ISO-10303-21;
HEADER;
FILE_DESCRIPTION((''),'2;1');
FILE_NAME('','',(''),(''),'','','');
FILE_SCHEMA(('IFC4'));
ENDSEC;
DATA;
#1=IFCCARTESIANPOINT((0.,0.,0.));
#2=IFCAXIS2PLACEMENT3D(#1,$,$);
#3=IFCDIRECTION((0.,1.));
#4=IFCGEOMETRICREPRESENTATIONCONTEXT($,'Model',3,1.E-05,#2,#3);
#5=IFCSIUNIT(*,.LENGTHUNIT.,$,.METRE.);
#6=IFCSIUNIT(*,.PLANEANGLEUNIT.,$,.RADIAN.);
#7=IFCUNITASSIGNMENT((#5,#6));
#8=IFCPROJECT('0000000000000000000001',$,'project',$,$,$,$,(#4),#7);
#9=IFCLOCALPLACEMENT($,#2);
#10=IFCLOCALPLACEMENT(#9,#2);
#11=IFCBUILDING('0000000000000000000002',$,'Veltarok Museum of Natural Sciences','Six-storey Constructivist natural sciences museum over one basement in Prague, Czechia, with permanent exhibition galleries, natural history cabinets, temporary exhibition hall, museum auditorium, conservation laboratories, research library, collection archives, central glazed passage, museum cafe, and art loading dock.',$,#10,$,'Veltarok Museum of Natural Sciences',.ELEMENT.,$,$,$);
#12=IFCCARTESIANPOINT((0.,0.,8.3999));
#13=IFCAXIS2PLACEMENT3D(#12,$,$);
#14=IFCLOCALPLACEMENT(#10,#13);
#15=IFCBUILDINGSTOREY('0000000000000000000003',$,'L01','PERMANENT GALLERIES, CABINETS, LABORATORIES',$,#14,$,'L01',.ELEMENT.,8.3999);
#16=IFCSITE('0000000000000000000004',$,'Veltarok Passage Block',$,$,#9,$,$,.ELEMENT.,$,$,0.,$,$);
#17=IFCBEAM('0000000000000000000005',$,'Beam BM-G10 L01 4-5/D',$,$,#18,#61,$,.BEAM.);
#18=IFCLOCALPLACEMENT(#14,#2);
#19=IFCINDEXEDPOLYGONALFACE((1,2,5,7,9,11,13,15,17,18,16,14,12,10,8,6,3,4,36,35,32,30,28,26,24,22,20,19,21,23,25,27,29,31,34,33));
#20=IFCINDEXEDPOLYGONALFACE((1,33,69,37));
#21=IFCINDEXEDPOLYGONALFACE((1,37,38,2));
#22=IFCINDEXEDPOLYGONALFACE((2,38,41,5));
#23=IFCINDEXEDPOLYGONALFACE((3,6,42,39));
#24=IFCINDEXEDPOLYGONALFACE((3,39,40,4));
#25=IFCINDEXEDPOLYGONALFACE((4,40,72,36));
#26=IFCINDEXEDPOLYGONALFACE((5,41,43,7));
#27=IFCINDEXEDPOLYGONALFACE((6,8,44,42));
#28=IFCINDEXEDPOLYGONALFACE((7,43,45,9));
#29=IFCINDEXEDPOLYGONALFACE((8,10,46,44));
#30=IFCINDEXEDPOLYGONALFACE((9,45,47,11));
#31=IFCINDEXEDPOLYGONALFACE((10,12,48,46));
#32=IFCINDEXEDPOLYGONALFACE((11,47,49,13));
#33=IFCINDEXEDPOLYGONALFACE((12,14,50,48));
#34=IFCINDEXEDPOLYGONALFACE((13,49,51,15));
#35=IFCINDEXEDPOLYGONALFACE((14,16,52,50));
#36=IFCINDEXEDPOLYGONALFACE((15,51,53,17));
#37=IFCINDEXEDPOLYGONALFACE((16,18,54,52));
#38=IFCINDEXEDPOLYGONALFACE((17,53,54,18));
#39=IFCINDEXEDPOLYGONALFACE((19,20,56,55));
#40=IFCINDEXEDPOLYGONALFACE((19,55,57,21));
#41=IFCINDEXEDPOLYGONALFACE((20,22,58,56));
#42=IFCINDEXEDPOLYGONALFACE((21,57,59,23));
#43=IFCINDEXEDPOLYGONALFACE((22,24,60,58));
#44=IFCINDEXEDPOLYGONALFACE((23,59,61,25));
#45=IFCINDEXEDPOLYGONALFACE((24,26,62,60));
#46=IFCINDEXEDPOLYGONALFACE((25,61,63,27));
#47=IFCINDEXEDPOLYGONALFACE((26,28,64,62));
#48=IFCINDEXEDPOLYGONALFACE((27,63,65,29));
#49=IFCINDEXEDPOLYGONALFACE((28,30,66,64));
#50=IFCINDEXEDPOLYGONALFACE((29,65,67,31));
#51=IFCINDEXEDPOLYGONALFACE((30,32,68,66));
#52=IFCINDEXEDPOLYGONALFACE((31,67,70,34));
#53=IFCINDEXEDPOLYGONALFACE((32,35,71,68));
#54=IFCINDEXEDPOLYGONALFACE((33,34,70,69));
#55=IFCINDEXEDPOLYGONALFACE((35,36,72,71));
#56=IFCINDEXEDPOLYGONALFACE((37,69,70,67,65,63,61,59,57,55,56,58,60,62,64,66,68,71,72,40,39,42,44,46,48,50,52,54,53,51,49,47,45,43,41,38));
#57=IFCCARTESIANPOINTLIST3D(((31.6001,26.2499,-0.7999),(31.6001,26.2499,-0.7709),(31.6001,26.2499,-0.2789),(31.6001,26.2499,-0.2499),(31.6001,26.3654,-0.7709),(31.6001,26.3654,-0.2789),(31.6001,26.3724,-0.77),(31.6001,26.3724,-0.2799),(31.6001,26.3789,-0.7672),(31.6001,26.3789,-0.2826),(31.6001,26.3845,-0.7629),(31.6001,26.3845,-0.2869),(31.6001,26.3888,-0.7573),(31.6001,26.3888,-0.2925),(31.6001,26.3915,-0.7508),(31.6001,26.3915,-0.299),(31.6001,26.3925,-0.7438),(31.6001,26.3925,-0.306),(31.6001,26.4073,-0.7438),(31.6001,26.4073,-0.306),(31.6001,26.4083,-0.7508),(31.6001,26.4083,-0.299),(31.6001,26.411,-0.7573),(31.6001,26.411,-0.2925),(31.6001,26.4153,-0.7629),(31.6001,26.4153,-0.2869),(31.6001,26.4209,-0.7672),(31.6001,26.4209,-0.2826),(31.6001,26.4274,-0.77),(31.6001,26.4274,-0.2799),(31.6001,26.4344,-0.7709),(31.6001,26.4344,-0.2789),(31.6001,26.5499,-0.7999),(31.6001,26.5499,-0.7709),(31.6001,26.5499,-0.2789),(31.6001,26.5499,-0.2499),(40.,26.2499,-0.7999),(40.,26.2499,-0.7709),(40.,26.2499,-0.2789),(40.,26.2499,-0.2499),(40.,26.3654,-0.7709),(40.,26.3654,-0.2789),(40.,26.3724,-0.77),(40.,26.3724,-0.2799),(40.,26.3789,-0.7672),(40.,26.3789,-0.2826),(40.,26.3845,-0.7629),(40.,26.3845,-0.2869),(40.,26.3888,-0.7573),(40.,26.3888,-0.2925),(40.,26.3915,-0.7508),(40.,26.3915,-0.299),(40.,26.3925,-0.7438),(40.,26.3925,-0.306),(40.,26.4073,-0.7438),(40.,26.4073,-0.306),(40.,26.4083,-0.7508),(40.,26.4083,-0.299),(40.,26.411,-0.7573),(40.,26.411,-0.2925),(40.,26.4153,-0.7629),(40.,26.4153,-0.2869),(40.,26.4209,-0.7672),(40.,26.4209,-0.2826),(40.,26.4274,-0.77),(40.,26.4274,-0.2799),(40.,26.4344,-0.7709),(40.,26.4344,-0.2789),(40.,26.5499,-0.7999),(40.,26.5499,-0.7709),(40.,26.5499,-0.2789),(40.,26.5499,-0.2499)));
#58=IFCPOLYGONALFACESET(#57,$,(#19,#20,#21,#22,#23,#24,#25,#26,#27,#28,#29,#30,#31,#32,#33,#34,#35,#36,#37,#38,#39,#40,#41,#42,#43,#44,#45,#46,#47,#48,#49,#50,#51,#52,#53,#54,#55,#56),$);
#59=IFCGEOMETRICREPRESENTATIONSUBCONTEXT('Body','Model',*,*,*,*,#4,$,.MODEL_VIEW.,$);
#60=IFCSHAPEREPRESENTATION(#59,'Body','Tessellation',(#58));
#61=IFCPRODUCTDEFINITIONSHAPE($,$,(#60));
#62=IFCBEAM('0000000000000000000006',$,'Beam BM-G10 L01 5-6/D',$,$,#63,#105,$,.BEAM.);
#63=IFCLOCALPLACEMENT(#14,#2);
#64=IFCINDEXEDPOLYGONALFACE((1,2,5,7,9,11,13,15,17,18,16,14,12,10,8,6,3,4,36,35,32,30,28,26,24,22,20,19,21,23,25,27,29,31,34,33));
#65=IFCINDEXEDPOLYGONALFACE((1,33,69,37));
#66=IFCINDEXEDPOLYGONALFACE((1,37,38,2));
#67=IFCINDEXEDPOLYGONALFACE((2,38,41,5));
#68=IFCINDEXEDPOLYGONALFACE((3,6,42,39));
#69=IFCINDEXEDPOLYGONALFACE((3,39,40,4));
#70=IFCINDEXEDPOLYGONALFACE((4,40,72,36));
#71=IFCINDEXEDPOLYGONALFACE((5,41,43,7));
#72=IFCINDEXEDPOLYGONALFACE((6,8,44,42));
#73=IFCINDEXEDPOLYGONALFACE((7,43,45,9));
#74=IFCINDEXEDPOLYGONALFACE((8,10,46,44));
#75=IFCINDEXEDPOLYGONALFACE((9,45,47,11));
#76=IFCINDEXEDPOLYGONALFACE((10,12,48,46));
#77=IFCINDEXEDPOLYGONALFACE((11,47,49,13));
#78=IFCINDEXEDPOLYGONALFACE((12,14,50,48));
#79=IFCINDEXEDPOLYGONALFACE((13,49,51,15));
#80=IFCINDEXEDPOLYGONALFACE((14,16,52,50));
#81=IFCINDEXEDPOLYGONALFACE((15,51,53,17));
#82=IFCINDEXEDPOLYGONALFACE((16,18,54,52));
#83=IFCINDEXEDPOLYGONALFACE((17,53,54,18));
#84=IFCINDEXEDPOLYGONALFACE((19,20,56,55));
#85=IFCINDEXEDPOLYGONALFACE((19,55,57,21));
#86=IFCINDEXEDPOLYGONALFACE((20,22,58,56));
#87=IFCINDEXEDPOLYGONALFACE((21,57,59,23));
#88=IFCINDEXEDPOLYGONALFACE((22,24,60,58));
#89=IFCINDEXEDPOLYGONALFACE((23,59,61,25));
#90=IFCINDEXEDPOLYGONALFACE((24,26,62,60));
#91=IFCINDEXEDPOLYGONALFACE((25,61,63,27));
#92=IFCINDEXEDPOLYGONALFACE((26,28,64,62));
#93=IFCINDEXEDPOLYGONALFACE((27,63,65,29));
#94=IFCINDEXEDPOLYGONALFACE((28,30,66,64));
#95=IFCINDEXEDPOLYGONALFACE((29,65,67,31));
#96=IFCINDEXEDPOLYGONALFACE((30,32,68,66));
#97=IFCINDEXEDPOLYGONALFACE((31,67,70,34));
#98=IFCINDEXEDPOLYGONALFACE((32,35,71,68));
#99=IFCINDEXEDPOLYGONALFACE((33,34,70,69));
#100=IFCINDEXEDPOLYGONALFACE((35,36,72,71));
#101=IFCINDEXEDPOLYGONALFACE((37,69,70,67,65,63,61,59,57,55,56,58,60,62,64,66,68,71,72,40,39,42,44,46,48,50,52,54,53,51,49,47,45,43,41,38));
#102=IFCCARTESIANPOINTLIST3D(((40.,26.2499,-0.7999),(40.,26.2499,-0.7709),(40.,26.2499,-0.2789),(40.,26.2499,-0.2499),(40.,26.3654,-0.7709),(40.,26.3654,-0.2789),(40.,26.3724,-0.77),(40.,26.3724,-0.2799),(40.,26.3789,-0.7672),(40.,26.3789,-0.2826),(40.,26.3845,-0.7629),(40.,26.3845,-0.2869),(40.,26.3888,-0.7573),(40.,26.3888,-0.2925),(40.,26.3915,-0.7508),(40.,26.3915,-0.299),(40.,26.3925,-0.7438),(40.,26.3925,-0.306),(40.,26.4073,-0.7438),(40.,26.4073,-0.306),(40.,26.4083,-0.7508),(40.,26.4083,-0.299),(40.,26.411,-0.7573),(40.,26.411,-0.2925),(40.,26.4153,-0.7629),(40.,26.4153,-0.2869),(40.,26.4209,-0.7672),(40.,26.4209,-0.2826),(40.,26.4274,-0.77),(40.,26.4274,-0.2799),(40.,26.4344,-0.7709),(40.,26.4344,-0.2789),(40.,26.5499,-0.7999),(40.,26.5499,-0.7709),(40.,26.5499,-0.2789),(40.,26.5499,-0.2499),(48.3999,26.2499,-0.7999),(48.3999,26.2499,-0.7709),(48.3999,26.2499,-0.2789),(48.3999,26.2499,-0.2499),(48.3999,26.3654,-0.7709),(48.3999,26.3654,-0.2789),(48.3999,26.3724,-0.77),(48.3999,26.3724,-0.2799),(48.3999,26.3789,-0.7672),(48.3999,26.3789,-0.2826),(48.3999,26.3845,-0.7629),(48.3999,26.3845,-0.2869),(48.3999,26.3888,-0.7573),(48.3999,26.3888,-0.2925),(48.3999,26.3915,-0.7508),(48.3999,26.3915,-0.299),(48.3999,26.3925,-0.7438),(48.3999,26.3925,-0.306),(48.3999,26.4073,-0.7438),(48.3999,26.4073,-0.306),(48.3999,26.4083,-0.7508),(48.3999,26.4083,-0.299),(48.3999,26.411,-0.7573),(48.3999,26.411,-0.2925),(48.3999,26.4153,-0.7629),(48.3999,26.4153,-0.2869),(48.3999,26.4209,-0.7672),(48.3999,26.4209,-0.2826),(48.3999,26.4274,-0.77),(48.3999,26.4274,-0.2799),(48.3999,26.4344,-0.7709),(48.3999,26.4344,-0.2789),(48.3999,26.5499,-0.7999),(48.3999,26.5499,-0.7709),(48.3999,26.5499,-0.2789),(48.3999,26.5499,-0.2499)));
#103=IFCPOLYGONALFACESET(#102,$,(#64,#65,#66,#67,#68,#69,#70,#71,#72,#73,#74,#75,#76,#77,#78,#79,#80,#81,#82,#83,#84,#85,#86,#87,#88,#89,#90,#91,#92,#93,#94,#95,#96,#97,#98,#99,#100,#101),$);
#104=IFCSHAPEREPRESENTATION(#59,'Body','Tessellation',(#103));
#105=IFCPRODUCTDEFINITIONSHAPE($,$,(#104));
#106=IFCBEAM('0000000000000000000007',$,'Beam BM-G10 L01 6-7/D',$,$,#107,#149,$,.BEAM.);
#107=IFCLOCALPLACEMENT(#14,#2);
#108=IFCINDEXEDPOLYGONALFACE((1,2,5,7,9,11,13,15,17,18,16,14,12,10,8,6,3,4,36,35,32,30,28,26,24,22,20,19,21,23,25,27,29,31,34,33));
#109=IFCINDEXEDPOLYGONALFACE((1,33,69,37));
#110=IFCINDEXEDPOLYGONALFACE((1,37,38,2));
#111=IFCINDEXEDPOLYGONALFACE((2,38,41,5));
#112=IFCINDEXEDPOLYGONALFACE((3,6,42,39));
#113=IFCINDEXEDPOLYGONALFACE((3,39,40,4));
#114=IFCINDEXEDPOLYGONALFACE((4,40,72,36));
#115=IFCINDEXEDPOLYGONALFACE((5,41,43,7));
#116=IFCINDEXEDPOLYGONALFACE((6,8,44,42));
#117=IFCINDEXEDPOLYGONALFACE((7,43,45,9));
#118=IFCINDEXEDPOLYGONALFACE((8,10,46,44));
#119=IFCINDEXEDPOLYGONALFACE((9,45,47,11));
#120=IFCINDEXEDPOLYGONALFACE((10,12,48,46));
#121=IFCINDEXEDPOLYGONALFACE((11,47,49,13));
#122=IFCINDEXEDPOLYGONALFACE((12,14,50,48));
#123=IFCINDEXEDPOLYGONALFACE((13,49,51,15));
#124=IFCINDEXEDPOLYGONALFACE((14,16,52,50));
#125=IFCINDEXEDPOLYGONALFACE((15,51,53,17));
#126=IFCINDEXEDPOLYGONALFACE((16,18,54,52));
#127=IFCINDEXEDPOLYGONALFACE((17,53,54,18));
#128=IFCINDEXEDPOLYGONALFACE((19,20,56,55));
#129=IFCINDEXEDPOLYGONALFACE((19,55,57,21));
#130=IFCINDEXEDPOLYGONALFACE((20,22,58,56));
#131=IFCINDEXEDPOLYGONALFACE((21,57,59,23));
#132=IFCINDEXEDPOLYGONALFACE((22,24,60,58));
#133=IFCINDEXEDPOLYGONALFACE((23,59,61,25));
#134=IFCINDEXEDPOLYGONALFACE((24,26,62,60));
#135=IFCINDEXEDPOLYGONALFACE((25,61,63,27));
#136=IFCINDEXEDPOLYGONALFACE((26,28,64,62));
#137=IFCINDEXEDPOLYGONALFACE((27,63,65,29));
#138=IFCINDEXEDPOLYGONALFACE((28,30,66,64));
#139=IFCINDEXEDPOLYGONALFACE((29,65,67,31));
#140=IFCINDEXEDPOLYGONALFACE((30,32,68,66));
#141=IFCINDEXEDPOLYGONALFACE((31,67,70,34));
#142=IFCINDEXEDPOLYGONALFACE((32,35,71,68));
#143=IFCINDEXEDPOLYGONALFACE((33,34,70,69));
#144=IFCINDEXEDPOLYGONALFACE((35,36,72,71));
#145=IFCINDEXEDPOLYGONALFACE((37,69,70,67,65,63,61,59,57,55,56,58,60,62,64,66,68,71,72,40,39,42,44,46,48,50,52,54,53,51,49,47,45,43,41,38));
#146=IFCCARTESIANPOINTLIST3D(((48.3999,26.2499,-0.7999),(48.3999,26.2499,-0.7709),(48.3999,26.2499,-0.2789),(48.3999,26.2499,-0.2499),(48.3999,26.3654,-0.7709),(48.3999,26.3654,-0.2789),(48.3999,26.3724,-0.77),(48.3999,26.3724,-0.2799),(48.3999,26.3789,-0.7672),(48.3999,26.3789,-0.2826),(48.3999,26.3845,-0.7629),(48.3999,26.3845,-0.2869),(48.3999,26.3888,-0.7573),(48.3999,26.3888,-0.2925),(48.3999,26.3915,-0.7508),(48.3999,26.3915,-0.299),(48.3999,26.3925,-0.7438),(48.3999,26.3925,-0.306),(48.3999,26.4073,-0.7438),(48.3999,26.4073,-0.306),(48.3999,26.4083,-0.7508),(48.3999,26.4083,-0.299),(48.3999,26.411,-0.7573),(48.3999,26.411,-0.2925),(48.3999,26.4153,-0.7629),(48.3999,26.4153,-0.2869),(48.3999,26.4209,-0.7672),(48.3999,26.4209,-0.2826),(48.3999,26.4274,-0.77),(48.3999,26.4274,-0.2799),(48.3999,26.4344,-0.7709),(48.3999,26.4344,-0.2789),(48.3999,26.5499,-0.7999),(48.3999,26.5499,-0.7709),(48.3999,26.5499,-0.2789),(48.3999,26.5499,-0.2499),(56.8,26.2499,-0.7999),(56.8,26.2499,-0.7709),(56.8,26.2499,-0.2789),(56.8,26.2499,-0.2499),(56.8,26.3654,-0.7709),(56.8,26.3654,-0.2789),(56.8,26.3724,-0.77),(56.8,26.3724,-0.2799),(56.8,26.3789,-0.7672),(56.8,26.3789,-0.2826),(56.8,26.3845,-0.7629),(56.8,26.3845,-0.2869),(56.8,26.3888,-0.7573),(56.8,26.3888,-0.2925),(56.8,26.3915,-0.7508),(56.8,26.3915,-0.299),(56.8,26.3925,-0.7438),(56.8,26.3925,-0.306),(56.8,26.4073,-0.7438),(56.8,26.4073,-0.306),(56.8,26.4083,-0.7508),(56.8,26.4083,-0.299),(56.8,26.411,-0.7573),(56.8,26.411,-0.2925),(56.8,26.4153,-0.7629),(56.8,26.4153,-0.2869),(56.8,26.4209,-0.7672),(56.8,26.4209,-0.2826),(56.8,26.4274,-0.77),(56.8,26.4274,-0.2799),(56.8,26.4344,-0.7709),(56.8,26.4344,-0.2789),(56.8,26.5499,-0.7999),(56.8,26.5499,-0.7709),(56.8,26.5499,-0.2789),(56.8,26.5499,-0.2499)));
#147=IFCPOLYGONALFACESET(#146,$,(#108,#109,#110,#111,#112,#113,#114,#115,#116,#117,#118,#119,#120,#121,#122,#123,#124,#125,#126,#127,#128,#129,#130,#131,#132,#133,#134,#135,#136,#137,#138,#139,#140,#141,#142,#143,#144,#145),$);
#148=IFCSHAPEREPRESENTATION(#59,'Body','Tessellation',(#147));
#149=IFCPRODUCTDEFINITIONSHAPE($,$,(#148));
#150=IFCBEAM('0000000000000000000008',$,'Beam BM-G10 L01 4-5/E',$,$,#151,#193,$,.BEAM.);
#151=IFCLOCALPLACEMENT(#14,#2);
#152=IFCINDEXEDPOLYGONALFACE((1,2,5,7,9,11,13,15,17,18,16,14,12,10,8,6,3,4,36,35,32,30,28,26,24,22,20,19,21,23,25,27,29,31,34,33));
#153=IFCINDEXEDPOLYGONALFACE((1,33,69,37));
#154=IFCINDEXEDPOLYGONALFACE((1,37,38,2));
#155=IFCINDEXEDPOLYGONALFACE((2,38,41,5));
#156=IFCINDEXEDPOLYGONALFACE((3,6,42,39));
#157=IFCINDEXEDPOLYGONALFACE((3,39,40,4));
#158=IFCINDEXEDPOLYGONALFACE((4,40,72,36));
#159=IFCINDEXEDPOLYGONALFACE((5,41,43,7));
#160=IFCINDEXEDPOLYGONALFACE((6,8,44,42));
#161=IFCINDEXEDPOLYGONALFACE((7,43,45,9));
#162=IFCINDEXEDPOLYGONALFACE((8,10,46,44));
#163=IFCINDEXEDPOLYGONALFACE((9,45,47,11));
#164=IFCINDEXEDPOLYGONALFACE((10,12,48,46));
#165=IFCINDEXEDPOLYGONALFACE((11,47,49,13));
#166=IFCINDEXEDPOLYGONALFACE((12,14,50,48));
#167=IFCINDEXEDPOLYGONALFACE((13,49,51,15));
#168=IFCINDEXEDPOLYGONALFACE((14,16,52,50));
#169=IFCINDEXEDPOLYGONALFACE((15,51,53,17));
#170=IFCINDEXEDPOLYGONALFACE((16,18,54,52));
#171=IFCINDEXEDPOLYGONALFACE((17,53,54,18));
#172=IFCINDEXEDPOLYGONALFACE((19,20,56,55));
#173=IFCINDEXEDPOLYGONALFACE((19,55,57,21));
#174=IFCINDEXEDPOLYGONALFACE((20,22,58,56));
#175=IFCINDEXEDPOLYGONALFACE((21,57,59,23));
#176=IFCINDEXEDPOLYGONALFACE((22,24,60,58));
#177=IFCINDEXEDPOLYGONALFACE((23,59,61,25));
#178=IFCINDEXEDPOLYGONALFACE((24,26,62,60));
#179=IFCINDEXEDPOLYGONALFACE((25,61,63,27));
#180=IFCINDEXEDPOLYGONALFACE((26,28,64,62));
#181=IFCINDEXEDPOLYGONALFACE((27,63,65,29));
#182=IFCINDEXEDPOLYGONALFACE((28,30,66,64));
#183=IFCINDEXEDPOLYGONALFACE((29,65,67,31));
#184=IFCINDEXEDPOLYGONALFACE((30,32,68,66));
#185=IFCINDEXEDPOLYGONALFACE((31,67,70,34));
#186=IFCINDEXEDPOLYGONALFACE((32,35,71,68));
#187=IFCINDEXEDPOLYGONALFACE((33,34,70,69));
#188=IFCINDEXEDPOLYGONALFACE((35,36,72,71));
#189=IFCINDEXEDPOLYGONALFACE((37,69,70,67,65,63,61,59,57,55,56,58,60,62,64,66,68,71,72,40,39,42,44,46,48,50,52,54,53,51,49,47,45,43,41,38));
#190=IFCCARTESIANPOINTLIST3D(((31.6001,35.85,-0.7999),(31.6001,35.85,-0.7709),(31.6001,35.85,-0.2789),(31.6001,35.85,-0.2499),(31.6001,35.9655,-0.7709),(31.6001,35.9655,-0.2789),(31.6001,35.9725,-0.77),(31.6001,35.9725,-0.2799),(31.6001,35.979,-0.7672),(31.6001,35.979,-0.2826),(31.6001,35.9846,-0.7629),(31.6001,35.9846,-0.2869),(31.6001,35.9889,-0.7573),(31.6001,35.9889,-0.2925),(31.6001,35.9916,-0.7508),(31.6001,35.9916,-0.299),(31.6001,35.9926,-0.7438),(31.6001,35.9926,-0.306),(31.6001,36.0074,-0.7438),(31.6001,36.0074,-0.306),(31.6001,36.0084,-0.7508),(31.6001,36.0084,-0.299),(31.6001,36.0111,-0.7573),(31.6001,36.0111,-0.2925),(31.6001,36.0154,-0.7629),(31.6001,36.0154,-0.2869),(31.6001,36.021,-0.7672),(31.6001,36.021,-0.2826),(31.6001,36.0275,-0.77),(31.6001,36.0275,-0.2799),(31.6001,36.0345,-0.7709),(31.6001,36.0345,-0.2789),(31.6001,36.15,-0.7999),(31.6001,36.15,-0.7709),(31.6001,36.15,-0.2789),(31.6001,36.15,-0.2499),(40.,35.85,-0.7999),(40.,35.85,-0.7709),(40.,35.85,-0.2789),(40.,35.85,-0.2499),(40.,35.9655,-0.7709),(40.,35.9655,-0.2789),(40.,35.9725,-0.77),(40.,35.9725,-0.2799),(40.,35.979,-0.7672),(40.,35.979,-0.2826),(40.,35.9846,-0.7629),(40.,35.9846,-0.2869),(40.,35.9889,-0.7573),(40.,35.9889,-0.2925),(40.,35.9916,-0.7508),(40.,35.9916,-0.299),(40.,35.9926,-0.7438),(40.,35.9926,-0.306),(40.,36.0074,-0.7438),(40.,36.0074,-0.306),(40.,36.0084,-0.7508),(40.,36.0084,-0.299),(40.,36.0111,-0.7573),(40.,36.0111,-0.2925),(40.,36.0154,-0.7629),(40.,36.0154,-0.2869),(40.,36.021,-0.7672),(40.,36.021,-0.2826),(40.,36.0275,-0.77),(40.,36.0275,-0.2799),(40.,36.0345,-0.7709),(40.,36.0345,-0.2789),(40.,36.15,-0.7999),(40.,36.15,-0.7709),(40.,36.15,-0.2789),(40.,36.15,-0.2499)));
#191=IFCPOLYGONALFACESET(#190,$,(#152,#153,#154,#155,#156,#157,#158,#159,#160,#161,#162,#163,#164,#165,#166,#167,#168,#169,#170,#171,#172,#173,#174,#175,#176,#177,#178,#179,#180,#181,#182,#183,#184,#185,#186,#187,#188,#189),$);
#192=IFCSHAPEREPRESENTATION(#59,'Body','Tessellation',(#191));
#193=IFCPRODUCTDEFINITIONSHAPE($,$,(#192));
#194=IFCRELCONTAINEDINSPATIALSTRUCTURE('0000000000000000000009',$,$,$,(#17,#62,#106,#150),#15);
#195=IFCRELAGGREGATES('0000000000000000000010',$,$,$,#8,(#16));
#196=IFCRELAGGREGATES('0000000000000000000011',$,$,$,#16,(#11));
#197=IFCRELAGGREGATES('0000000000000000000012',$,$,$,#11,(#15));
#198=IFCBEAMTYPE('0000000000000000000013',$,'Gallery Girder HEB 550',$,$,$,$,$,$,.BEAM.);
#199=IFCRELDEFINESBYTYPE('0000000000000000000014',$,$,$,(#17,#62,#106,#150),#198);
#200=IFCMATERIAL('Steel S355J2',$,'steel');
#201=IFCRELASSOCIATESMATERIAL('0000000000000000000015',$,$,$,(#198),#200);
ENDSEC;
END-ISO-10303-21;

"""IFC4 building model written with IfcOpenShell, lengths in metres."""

from ifc_helpers import new_model, si_unit, direction, frame, origin, origin_2d, place, context, subcontext, project, spatial, i_section, extrude, material, material_profile, profile_set, type_object, element, save


model = new_model("IFC4")

# Units and contexts
model_context = context("Model", 3, precision=1e-05, world=origin(), true_north=direction((0.0, 1.0)))
body_context = subcontext(model_context, "Body", "Model", "MODEL_VIEW")
ifc_project = project(units=[si_unit("LENGTHUNIT", "METRE"), si_unit("PLANEANGLEUNIT", "RADIAN")], contexts=[model_context])

# Site, building, storey
site_placement = place(None, origin())
site = spatial("IfcSite", under=ifc_project, at=site_placement, Name="Veltarok Passage Block", CompositionType="ELEMENT", RefElevation=0.0)
building_placement = place(site_placement, origin())
building = spatial("IfcBuilding", under=site, at=building_placement, Name="Veltarok Museum of Natural Sciences", Description="Six-storey Constructivist natural sciences museum over one basement in Prague, Czechia, with permanent exhibition galleries, natural history cabinets, temporary exhibition hall, museum auditorium, conservation laboratories, research library, collection archives, central glazed passage, museum cafe, and art loading dock.", LongName="Veltarok Museum of Natural Sciences", CompositionType="ELEMENT")
storey_placement = place(building_placement, frame((0.0, 0.0, 8.3999)))
storey = spatial("IfcBuildingStorey", under=building, at=storey_placement, Name="L01", Description="PERMANENT GALLERIES, CABINETS, LABORATORIES", LongName="L01", CompositionType="ELEMENT", Elevation=8.3999)

# Shared definitions
ifc_material_1 = material(Name="Steel S355J2", Category="steel")

# Beams
ifc_material_profile_1 = material_profile(ifc_material_1, i_section(OverallWidth=0.3, OverallDepth=0.55, WebThickness=0.0149, FlangeThickness=0.0291, FilletRadius=0.0271, at=origin_2d()), Name="HEB 550")
ifc_profile_set_1 = profile_set([ifc_material_profile_1], Name="Steel S355J2")
beam_type_1 = type_object("IfcBeamType", Name="Gallery Girder HEB 550", PredefinedType="BEAM", material=ifc_profile_set_1)
for number, where, z_axis, x_axis, name in (
    (1, (31.6001, 26.3999, -0.5249), (1.0, 0.0, 0.0), (0.0, 1.0, 0.0), "Beam BM-G10 L01 4-5/D"),
    (2, (40.0, 26.3999, -0.5249), (1.0, 0.0, 0.0), (0.0, 1.0, 0.0), "Beam BM-G10 L01 5-6/D"),
):
    element("IfcBeam", number, at=place(storey_placement, frame(where, z_axis=z_axis, x_axis=x_axis)), inside=storey, type_object=beam_type_1, Name=name, PredefinedType="BEAM", context=body_context, shape_type="SweptSolid", body=[
        extrude(i_section(OverallWidth=0.3, OverallDepth=0.55, WebThickness=0.0149, FlangeThickness=0.0291, FilletRadius=0.0271, at=origin_2d()), origin(), (0.0, 0.0, 1.0), 8.3999),
    ])
beam_1_placement = place(storey_placement, frame((48.3999, 26.3999, -0.5249), z_axis=(1.0, 0.0, 0.0), x_axis=(0.0, 1.0, 0.0)))
element("IfcBeam", 3, at=beam_1_placement, inside=storey, type_object=beam_type_1, Name="Beam BM-G10 L01 6-7/D", PredefinedType="BEAM", context=body_context, shape_type="SweptSolid", body=[
    extrude(i_section(OverallWidth=0.3, OverallDepth=0.55, WebThickness=0.0149, FlangeThickness=0.0291, FilletRadius=0.0271, at=origin_2d()), origin(), (0.0, 0.0, 1.0), 8.4001),
])
for number, where, z_axis, x_axis, name in (
    (4, (31.6001, 36.0, -0.5249), (1.0, 0.0, 0.0), (0.0, 1.0, 0.0), "Beam BM-G10 L01 4-5/E"),
):
    element("IfcBeam", number, at=place(storey_placement, frame(where, z_axis=z_axis, x_axis=x_axis)), inside=storey, type_object=beam_type_1, Name=name, PredefinedType="BEAM", context=body_context, shape_type="SweptSolid", body=[
        extrude(i_section(OverallWidth=0.3, OverallDepth=0.55, WebThickness=0.0149, FlangeThickness=0.0291, FilletRadius=0.0271, at=origin_2d()), origin(), (0.0, 0.0, 1.0), 8.3999),
    ])

save(model, "model.ifc")
